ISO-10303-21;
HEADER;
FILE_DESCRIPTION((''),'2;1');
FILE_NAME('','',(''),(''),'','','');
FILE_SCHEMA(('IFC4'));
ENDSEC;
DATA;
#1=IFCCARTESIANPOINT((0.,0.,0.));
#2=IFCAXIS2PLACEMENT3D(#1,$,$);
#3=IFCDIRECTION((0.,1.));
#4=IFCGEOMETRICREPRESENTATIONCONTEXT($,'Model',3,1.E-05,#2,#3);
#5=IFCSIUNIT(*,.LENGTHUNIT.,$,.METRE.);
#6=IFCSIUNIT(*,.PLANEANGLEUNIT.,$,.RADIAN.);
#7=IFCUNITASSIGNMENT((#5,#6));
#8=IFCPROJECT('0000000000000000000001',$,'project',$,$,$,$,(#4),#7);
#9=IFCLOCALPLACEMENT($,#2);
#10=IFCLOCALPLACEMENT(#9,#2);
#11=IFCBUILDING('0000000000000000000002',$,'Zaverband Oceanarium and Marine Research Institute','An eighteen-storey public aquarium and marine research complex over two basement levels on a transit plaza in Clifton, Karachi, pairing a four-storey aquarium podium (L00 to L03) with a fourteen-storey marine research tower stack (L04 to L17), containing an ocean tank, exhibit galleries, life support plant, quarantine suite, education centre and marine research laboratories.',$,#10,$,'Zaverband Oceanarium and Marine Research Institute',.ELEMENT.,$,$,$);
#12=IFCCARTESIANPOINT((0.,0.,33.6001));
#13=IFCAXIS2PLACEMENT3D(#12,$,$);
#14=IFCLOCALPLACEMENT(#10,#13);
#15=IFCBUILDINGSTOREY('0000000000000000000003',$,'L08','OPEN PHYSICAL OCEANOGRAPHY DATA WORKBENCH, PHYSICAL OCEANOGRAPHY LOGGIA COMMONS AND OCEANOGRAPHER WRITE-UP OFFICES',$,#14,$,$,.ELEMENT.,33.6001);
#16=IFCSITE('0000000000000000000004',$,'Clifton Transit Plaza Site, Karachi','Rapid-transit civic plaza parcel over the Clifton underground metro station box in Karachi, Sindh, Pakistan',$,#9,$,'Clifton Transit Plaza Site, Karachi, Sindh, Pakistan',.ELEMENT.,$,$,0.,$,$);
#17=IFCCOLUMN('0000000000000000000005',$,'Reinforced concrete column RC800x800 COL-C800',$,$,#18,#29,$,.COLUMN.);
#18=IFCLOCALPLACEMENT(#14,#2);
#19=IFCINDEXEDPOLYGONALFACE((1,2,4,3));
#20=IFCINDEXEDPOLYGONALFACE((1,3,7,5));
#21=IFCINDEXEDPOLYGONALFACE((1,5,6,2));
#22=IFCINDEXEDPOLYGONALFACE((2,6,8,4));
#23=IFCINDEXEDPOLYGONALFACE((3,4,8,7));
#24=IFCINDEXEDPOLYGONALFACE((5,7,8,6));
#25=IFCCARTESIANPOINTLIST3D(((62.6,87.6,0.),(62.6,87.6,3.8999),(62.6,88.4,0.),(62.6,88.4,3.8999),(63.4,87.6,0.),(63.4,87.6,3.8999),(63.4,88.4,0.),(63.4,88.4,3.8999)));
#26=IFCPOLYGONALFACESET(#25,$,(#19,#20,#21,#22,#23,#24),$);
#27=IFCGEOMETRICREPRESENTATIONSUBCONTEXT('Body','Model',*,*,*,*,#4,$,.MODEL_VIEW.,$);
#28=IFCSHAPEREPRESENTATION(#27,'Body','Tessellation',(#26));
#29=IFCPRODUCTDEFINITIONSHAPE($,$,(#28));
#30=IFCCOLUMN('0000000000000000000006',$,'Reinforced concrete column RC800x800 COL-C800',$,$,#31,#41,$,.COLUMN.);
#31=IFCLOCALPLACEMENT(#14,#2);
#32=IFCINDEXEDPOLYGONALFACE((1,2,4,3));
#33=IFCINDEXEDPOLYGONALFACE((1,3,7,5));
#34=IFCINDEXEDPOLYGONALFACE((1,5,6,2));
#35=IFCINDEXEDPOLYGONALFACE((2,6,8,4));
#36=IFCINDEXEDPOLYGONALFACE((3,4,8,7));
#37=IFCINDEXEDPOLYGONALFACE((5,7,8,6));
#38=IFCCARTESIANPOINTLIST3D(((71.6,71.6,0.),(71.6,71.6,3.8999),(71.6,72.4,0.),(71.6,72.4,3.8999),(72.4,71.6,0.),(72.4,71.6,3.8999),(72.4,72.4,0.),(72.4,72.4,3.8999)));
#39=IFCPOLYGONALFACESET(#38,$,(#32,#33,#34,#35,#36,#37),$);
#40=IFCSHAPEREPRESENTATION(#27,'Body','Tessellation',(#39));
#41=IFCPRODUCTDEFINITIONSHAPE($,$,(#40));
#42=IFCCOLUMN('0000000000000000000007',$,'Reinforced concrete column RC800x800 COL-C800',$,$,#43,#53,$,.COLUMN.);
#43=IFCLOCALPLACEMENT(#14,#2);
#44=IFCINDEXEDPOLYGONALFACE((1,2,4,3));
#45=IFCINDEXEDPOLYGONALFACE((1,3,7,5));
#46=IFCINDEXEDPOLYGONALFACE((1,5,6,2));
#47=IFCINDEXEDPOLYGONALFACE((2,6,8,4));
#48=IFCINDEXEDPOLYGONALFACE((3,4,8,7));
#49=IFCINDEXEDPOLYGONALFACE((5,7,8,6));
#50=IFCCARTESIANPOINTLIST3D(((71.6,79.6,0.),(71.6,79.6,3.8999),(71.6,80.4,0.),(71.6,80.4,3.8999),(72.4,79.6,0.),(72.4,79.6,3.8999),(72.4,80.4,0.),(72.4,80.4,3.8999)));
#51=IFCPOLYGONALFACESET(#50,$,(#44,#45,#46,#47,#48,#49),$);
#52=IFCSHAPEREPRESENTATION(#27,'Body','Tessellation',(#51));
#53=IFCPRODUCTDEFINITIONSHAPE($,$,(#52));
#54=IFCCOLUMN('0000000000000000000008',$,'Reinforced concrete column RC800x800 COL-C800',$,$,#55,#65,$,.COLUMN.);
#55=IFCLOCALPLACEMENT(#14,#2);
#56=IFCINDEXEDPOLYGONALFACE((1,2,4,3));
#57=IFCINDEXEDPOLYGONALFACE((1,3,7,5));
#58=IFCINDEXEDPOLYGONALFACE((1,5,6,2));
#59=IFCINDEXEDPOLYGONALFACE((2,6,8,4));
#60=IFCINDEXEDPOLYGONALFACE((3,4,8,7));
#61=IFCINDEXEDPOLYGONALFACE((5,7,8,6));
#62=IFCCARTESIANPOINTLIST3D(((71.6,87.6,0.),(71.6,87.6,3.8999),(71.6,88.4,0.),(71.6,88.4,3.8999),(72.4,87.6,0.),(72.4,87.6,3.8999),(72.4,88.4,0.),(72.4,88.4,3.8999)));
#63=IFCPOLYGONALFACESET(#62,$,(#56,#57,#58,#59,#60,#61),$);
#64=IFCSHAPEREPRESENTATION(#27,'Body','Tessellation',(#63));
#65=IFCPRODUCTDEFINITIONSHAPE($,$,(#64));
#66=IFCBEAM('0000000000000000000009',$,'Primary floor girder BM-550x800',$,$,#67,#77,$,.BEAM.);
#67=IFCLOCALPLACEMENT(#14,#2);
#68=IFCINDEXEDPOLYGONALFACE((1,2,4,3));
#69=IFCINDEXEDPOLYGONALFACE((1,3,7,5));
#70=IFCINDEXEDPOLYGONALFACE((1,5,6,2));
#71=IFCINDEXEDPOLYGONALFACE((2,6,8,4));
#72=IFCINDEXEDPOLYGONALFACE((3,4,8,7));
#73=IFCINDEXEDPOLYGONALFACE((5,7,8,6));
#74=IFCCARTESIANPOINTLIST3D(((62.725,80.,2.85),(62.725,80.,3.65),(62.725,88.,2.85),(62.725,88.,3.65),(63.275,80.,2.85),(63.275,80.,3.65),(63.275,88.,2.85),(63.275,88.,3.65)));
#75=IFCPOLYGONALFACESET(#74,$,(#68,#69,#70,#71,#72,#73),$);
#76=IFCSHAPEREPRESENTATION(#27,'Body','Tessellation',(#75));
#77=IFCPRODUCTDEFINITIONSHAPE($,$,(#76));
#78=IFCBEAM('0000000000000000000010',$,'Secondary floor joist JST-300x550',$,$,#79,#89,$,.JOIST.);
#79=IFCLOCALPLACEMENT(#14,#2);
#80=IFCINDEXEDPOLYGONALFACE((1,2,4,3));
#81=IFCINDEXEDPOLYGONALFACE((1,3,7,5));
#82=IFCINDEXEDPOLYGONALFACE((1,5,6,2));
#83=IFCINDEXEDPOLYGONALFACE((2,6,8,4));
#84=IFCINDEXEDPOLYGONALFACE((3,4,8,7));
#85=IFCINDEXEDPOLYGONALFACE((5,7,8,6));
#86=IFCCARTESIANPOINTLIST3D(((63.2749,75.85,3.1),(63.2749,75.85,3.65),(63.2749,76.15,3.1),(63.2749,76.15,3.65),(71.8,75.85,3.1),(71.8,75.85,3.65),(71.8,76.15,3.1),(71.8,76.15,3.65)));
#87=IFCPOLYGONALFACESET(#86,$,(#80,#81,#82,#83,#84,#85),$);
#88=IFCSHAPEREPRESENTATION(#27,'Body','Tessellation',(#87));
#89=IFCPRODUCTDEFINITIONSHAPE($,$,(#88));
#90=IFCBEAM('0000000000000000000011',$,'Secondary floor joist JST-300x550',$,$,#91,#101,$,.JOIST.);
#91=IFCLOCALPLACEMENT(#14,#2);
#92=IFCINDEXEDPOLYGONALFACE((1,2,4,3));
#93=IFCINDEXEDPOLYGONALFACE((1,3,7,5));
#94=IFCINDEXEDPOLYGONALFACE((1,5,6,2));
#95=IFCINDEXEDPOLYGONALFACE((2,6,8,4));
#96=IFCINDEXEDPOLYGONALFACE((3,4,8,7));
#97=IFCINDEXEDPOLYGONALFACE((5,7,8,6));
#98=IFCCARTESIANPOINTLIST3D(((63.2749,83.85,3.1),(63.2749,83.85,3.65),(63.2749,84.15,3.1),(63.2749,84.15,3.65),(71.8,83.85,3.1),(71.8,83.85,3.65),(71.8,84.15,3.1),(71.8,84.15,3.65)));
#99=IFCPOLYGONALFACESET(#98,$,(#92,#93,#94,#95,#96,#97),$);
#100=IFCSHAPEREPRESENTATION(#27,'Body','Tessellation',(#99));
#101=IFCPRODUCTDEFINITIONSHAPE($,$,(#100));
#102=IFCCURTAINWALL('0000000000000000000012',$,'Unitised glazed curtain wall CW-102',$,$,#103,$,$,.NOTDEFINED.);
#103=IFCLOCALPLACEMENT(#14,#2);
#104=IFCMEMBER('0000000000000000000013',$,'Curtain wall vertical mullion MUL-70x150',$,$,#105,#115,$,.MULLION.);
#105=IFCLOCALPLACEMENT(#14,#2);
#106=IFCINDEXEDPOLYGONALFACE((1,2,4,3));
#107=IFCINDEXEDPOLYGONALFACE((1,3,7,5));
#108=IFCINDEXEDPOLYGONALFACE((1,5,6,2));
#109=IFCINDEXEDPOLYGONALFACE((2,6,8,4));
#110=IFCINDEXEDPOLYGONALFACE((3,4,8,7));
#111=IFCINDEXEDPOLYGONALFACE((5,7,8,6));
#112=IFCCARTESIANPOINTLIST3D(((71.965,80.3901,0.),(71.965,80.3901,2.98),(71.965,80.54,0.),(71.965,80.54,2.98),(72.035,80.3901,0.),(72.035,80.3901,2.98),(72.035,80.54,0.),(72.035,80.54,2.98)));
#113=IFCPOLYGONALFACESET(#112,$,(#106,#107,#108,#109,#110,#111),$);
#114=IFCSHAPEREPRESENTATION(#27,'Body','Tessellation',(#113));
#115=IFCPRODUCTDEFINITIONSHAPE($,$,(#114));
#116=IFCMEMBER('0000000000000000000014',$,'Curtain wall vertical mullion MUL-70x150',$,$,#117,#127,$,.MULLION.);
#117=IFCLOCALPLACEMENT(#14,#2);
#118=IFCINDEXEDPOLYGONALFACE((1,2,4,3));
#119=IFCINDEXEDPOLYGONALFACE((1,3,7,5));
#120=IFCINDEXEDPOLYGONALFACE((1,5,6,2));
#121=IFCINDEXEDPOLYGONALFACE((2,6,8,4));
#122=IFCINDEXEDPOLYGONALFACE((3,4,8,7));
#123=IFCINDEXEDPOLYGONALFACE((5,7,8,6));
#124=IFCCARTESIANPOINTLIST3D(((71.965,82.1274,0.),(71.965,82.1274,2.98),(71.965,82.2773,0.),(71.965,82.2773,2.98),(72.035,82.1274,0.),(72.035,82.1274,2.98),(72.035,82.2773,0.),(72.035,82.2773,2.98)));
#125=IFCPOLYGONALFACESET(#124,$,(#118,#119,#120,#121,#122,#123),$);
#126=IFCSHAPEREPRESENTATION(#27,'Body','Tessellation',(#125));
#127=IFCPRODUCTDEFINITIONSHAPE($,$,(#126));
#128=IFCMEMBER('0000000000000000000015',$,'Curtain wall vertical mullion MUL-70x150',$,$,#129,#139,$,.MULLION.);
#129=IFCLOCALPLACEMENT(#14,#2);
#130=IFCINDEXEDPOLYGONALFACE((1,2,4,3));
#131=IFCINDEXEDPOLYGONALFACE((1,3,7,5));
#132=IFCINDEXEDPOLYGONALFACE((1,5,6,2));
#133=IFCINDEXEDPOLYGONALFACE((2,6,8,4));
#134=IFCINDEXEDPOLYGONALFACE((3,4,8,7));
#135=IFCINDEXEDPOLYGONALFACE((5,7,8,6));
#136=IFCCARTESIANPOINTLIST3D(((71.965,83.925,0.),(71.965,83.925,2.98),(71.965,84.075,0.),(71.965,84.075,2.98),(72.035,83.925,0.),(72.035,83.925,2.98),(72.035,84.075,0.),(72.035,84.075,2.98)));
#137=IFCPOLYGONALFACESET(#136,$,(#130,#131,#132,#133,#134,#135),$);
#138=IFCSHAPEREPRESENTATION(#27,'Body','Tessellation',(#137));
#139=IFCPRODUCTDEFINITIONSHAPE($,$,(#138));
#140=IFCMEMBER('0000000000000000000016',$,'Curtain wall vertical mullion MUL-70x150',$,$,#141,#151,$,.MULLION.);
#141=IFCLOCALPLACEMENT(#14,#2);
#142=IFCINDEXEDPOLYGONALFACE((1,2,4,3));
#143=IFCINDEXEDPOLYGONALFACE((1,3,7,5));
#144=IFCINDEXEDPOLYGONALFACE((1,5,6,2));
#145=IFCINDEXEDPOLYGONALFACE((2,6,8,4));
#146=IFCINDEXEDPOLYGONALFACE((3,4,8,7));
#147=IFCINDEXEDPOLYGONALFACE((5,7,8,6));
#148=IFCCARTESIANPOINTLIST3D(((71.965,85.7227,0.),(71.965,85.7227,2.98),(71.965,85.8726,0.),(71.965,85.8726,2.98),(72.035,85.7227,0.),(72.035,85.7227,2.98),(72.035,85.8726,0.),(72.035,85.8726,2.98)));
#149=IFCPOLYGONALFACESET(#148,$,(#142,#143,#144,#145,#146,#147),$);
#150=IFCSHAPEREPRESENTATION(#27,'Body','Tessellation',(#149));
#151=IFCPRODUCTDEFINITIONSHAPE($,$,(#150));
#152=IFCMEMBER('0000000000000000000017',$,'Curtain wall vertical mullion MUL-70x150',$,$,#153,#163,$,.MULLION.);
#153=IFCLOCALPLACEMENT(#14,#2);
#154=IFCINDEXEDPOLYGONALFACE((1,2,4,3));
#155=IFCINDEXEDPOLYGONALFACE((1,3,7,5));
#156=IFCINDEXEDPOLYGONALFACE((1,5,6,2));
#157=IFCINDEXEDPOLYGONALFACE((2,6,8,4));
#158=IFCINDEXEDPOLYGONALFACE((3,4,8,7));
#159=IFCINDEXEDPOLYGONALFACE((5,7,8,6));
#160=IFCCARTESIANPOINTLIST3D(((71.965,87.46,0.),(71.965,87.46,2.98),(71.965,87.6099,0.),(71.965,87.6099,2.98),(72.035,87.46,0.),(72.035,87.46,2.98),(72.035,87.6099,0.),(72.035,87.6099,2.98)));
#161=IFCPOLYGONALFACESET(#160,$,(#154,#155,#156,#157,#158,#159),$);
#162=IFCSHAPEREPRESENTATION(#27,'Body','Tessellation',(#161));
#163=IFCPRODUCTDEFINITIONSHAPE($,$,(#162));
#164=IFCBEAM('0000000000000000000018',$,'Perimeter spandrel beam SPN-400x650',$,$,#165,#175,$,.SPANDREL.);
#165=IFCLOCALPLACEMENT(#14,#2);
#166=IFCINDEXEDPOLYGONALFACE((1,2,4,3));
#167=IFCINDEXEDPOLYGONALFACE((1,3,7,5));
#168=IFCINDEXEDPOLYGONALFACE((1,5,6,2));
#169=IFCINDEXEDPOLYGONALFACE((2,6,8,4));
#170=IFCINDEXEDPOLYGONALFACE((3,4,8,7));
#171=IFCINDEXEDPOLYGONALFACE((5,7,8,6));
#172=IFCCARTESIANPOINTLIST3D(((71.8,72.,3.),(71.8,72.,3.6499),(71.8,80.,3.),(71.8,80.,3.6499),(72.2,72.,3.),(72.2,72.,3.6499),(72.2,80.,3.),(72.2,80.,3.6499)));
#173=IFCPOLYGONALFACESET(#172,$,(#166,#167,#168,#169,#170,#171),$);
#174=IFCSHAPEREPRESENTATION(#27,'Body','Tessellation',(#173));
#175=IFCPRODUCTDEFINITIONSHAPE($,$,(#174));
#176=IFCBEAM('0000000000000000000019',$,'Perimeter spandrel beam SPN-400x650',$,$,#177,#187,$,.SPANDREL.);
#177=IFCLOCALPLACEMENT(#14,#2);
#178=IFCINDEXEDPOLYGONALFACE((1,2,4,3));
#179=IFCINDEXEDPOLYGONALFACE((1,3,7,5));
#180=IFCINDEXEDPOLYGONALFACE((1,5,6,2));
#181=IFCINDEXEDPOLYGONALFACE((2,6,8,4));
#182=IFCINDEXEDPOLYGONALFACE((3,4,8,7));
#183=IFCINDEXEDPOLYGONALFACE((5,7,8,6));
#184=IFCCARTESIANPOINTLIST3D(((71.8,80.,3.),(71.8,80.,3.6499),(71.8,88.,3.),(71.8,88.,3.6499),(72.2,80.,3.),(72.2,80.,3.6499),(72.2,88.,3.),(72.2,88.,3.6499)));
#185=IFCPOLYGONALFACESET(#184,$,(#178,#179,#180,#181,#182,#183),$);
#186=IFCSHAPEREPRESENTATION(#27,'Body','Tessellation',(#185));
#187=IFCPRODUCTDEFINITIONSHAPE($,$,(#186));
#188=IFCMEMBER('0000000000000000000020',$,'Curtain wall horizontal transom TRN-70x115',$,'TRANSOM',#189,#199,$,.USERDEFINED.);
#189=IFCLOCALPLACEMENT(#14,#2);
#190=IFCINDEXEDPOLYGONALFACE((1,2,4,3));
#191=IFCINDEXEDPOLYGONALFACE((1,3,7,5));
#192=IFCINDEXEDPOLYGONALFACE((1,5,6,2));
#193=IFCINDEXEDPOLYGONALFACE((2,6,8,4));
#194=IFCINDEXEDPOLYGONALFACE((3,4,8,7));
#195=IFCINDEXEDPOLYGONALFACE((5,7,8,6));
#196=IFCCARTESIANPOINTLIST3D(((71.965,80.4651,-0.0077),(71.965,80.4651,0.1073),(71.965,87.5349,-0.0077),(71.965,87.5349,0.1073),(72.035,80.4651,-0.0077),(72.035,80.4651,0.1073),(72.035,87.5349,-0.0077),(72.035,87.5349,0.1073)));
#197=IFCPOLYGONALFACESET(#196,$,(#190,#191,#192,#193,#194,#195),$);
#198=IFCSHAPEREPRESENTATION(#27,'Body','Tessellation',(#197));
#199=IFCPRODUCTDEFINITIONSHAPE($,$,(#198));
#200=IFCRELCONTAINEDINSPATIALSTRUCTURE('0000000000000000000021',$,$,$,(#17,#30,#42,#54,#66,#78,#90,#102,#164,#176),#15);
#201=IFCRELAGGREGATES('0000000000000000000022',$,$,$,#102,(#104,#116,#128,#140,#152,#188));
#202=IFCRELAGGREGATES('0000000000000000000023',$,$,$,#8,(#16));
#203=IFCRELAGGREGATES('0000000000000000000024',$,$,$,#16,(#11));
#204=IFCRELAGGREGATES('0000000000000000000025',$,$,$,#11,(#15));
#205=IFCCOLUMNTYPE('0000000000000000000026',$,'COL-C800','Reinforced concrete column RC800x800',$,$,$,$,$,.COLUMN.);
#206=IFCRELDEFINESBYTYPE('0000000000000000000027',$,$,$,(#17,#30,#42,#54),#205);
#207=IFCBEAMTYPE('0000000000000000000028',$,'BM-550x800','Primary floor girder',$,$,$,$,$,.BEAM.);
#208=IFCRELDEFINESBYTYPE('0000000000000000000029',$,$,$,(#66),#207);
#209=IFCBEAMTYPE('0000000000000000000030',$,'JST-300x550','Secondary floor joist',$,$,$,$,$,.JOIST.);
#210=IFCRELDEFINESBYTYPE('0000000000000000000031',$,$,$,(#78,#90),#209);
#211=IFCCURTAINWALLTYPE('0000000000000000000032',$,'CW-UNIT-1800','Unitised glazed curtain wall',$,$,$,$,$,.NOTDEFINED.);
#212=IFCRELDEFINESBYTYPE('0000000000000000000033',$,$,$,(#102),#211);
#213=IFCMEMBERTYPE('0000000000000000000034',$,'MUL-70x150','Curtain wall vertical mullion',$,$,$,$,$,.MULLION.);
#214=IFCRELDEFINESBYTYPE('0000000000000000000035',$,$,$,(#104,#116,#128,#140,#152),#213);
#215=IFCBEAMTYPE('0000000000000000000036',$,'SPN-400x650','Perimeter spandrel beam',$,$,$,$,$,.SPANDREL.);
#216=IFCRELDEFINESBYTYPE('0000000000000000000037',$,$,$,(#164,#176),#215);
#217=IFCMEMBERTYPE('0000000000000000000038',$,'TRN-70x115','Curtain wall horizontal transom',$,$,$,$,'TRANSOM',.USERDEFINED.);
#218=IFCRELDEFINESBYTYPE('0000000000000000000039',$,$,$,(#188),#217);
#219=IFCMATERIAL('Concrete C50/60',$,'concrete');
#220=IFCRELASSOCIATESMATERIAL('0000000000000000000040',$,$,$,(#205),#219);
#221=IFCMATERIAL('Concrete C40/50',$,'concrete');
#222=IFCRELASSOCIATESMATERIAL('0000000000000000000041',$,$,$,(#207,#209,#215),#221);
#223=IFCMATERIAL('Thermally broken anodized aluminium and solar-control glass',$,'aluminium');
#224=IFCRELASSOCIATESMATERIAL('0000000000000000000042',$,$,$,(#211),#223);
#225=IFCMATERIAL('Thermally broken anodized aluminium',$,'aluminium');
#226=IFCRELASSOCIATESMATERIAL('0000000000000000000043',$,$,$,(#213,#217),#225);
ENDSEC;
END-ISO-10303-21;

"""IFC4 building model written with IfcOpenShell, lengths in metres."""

from ifc_helpers import new_model, si_unit, direction, frame, origin, origin_2d, place, context, subcontext, project, spatial, rectangle, extrude, material, material_profile, profile_set, type_object, element, aggregate, save


model = new_model("IFC4")

# Units and contexts
model_context = context("Model", 3, precision=1e-05, world=origin(), true_north=direction((0.0, 1.0)))
body_context = subcontext(model_context, "Body", "Model", "MODEL_VIEW")
ifc_project = project(units=[si_unit("LENGTHUNIT", "METRE"), si_unit("PLANEANGLEUNIT", "RADIAN")], contexts=[model_context])

# Site, building, storey
site_placement = place(None, origin())
site = spatial("IfcSite", under=ifc_project, at=site_placement, Name="Clifton Transit Plaza Site, Karachi", Description="Rapid-transit civic plaza parcel over the Clifton underground metro station box in Karachi, Sindh, Pakistan", LongName="Clifton Transit Plaza Site, Karachi, Sindh, Pakistan", CompositionType="ELEMENT", RefElevation=0.0)
building_placement = place(site_placement, origin())
building = spatial("IfcBuilding", under=site, at=building_placement, Name="Zaverband Oceanarium and Marine Research Institute", Description="An eighteen-storey public aquarium and marine research complex over two basement levels on a transit plaza in Clifton, Karachi, pairing a four-storey aquarium podium (L00 to L03) with a fourteen-storey marine research tower stack (L04 to L17), containing an ocean tank, exhibit galleries, life support plant, quarantine suite, education centre and marine research laboratories.", LongName="Zaverband Oceanarium and Marine Research Institute", CompositionType="ELEMENT")
storey_placement = place(building_placement, frame((0.0, 0.0, 33.6001)))
storey = spatial("IfcBuildingStorey", under=building, at=storey_placement, Name="L08", Description="OPEN PHYSICAL OCEANOGRAPHY DATA WORKBENCH, PHYSICAL OCEANOGRAPHY LOGGIA COMMONS AND OCEANOGRAPHER WRITE-UP OFFICES", CompositionType="ELEMENT", Elevation=33.6001)

# Columns
ifc_material_1 = material(Name="Concrete C50/60", Category="concrete")
ifc_material_profile_1 = material_profile(ifc_material_1, rectangle(XDim=0.8, YDim=0.8, at=origin_2d()), Name="RC800x800")
ifc_profile_set_1 = profile_set([ifc_material_profile_1], Name="Concrete C50/60")
column_type = type_object("IfcColumnType", Name="COL-C800", Description="Reinforced concrete column RC800x800", PredefinedType="COLUMN", material=ifc_profile_set_1)
for number, where, z_axis, x_axis, name in (
    (1, (63.0, 88.0, 0.0), (0.0, 0.0, 1.0), (1.0, 0.0, 0.0), "Reinforced concrete column RC800x800 COL-C800"),
    (2, (72.0, 72.0, 0.0), (0.0, 0.0, 1.0), (1.0, 0.0, 0.0), "Reinforced concrete column RC800x800 COL-C800"),
    (3, (72.0, 80.0, 0.0), (0.0, 0.0, 1.0), (1.0, 0.0, 0.0), "Reinforced concrete column RC800x800 COL-C800"),
    (4, (72.0, 88.0, 0.0), (0.0, 0.0, 1.0), (1.0, 0.0, 0.0), "Reinforced concrete column RC800x800 COL-C800"),
):
    element("IfcColumn", number, at=place(storey_placement, frame(where, z_axis=z_axis, x_axis=x_axis)), inside=storey, type_object=column_type, Name=name, PredefinedType="COLUMN", context=body_context, shape_type="SweptSolid", body=[
        extrude(rectangle(XDim=0.8, YDim=0.8, at=origin_2d()), origin(), (0.0, 0.0, 1.0), 3.8999),
    ])

# Beams
ifc_material_2 = material(Name="Concrete C40/50", Category="concrete")
ifc_material_profile_2 = material_profile(ifc_material_2, rectangle(XDim=0.55, YDim=0.8, at=origin_2d()), Name="RC550x800")
ifc_profile_set_2 = profile_set([ifc_material_profile_2], Name="Concrete C40/50")
beam_type_1 = type_object("IfcBeamType", Name="BM-550x800", Description="Primary floor girder", PredefinedType="BEAM", material=ifc_profile_set_2)
beam_placement = place(storey_placement, frame((63.0, 80.0, 3.25), z_axis=(0.0, 1.0, 0.0), x_axis=(-1.0, 0.0, 0.0)))
element("IfcBeam", 5, at=beam_placement, inside=storey, type_object=beam_type_1, Name="Primary floor girder BM-550x800", PredefinedType="BEAM", context=body_context, shape_type="SweptSolid", body=[
    extrude(rectangle(XDim=0.55, YDim=0.8, at=origin_2d()), origin(), (0.0, 0.0, 1.0), 8.0),
])
ifc_material_profile_3 = material_profile(ifc_material_2, rectangle(XDim=0.3, YDim=0.55, at=origin_2d()), Name="RC300x550")
ifc_profile_set_3 = profile_set([ifc_material_profile_3], Name="Concrete C40/50")
beam_type_2 = type_object("IfcBeamType", Name="JST-300x550", Description="Secondary floor joist", PredefinedType="JOIST", material=ifc_profile_set_3)
for number, where, z_axis, x_axis, name in (
    (6, (63.2749, 76.0, 3.375), (1.0, 0.0, 0.0), (0.0, 1.0, 0.0), "Secondary floor joist JST-300x550"),
    (7, (63.2749, 84.0, 3.375), (1.0, 0.0, 0.0), (0.0, 1.0, 0.0), "Secondary floor joist JST-300x550"),
):
    element("IfcBeam", number, at=place(storey_placement, frame(where, z_axis=z_axis, x_axis=x_axis)), inside=storey, type_object=beam_type_2, Name=name, PredefinedType="JOIST", context=body_context, shape_type="SweptSolid", body=[
        extrude(rectangle(XDim=0.3, YDim=0.55, at=origin_2d()), origin(), (0.0, 0.0, 1.0), 8.5251),
    ])

# Curtain wall, members
ifc_material_3 = material(Name="Thermally broken anodized aluminium and solar-control glass", Category="aluminium")
curtain_wall_type = type_object("IfcCurtainWallType", Name="CW-UNIT-1800", Description="Unitised glazed curtain wall", PredefinedType="NOTDEFINED", material=ifc_material_3)
curtain_wall_placement = place(storey_placement, origin())
curtain_wall = element("IfcCurtainWall", 8, at=curtain_wall_placement, inside=storey, type_object=curtain_wall_type, Name="Unitised glazed curtain wall CW-102", PredefinedType="NOTDEFINED")
ifc_material_4 = material(Name="Thermally broken anodized aluminium", Category="aluminium")
ifc_material_profile_4 = material_profile(ifc_material_4, rectangle(XDim=0.0701, YDim=0.1499, at=origin_2d()), Name="AL-MUL-70x150")
ifc_profile_set_4 = profile_set([ifc_material_profile_4], Name="Thermally broken anodized aluminium")
member_type_1 = type_object("IfcMemberType", Name="MUL-70x150", Description="Curtain wall vertical mullion", PredefinedType="MULLION", material=ifc_profile_set_4)
member_1_placement = place(storey_placement, frame((72.0, 80.4651, 0.0), z_axis=(0.0, 0.0, 1.0), x_axis=(1.0, 0.0, 0.0)))
member_1 = element("IfcMember", 9, at=member_1_placement, type_object=member_type_1, Name="Curtain wall vertical mullion MUL-70x150", PredefinedType="MULLION", context=body_context, shape_type="SweptSolid", body=[
    extrude(rectangle(XDim=0.0701, YDim=0.1499, at=origin_2d()), origin(), (0.0, 0.0, 1.0), 2.98),
])
member_2_placement = place(storey_placement, frame((72.0, 82.2024, 0.0), z_axis=(0.0, 0.0, 1.0), x_axis=(1.0, 0.0, 0.0)))
member_2 = element("IfcMember", 10, at=member_2_placement, type_object=member_type_1, Name="Curtain wall vertical mullion MUL-70x150", PredefinedType="MULLION", context=body_context, shape_type="SweptSolid", body=[
    extrude(rectangle(XDim=0.0701, YDim=0.1499, at=origin_2d()), origin(), (0.0, 0.0, 1.0), 2.98),
])
member_3_placement = place(storey_placement, frame((72.0, 84.0, 0.0), z_axis=(0.0, 0.0, 1.0), x_axis=(1.0, 0.0, 0.0)))
member_3 = element("IfcMember", 11, at=member_3_placement, type_object=member_type_1, Name="Curtain wall vertical mullion MUL-70x150", PredefinedType="MULLION", context=body_context, shape_type="SweptSolid", body=[
    extrude(rectangle(XDim=0.0701, YDim=0.1499, at=origin_2d()), origin(), (0.0, 0.0, 1.0), 2.98),
])
member_4_placement = place(storey_placement, frame((72.0, 85.7976, 0.0), z_axis=(0.0, 0.0, 1.0), x_axis=(1.0, 0.0, 0.0)))
member_4 = element("IfcMember", 12, at=member_4_placement, type_object=member_type_1, Name="Curtain wall vertical mullion MUL-70x150", PredefinedType="MULLION", context=body_context, shape_type="SweptSolid", body=[
    extrude(rectangle(XDim=0.0701, YDim=0.1499, at=origin_2d()), origin(), (0.0, 0.0, 1.0), 2.98),
])
member_5_placement = place(storey_placement, frame((72.0, 87.5349, 0.0), z_axis=(0.0, 0.0, 1.0), x_axis=(1.0, 0.0, 0.0)))
member_5 = element("IfcMember", 13, at=member_5_placement, type_object=member_type_1, Name="Curtain wall vertical mullion MUL-70x150", PredefinedType="MULLION", context=body_context, shape_type="SweptSolid", body=[
    extrude(rectangle(XDim=0.0701, YDim=0.1499, at=origin_2d()), origin(), (0.0, 0.0, 1.0), 2.98),
])

# Beams
ifc_material_profile_5 = material_profile(ifc_material_2, rectangle(XDim=0.3999, YDim=0.6499, at=origin_2d()), Name="RC400x650")
ifc_profile_set_5 = profile_set([ifc_material_profile_5], Name="Concrete C40/50")
beam_type_3 = type_object("IfcBeamType", Name="SPN-400x650", Description="Perimeter spandrel beam", PredefinedType="SPANDREL", material=ifc_profile_set_5)
for number, where, z_axis, x_axis, name in (
    (14, (72.0, 72.0, 3.325), (0.0, 1.0, 0.0), (-1.0, 0.0, 0.0), "Perimeter spandrel beam SPN-400x650"),
    (15, (72.0, 80.0, 3.325), (0.0, 1.0, 0.0), (-1.0, 0.0, 0.0), "Perimeter spandrel beam SPN-400x650"),
):
    element("IfcBeam", number, at=place(storey_placement, frame(where, z_axis=z_axis, x_axis=x_axis)), inside=storey, type_object=beam_type_3, Name=name, PredefinedType="SPANDREL", context=body_context, shape_type="SweptSolid", body=[
        extrude(rectangle(XDim=0.3999, YDim=0.6499, at=origin_2d()), origin(), (0.0, 0.0, 1.0), 8.0),
    ])

# Member
ifc_material_profile_6 = material_profile(ifc_material_4, rectangle(XDim=0.0701, YDim=0.115, at=origin_2d()), Name="AL-TRN-70x115")
ifc_profile_set_6 = profile_set([ifc_material_profile_6], Name="Thermally broken anodized aluminium")
member_type_2 = type_object("IfcMemberType", Name="TRN-70x115", Description="Curtain wall horizontal transom", ElementType="TRANSOM", PredefinedType="USERDEFINED", material=ifc_profile_set_6)
member_6_placement = place(storey_placement, frame((72.0, 80.4651, 0.0498), z_axis=(0.0, 1.0, 0.0), x_axis=(-1.0, 0.0, 0.0)))
member_6 = element("IfcMember", 16, at=member_6_placement, type_object=member_type_2, Name="Curtain wall horizontal transom TRN-70x115", ObjectType="TRANSOM", PredefinedType="USERDEFINED", context=body_context, shape_type="SweptSolid", body=[
    extrude(rectangle(XDim=0.0701, YDim=0.115, at=origin_2d()), origin(), (0.0, 0.0, 1.0), 7.0698),
])

aggregate(curtain_wall, [member_1, member_2, member_3, member_4, member_5, member_6])

save(model, "model.ifc")
